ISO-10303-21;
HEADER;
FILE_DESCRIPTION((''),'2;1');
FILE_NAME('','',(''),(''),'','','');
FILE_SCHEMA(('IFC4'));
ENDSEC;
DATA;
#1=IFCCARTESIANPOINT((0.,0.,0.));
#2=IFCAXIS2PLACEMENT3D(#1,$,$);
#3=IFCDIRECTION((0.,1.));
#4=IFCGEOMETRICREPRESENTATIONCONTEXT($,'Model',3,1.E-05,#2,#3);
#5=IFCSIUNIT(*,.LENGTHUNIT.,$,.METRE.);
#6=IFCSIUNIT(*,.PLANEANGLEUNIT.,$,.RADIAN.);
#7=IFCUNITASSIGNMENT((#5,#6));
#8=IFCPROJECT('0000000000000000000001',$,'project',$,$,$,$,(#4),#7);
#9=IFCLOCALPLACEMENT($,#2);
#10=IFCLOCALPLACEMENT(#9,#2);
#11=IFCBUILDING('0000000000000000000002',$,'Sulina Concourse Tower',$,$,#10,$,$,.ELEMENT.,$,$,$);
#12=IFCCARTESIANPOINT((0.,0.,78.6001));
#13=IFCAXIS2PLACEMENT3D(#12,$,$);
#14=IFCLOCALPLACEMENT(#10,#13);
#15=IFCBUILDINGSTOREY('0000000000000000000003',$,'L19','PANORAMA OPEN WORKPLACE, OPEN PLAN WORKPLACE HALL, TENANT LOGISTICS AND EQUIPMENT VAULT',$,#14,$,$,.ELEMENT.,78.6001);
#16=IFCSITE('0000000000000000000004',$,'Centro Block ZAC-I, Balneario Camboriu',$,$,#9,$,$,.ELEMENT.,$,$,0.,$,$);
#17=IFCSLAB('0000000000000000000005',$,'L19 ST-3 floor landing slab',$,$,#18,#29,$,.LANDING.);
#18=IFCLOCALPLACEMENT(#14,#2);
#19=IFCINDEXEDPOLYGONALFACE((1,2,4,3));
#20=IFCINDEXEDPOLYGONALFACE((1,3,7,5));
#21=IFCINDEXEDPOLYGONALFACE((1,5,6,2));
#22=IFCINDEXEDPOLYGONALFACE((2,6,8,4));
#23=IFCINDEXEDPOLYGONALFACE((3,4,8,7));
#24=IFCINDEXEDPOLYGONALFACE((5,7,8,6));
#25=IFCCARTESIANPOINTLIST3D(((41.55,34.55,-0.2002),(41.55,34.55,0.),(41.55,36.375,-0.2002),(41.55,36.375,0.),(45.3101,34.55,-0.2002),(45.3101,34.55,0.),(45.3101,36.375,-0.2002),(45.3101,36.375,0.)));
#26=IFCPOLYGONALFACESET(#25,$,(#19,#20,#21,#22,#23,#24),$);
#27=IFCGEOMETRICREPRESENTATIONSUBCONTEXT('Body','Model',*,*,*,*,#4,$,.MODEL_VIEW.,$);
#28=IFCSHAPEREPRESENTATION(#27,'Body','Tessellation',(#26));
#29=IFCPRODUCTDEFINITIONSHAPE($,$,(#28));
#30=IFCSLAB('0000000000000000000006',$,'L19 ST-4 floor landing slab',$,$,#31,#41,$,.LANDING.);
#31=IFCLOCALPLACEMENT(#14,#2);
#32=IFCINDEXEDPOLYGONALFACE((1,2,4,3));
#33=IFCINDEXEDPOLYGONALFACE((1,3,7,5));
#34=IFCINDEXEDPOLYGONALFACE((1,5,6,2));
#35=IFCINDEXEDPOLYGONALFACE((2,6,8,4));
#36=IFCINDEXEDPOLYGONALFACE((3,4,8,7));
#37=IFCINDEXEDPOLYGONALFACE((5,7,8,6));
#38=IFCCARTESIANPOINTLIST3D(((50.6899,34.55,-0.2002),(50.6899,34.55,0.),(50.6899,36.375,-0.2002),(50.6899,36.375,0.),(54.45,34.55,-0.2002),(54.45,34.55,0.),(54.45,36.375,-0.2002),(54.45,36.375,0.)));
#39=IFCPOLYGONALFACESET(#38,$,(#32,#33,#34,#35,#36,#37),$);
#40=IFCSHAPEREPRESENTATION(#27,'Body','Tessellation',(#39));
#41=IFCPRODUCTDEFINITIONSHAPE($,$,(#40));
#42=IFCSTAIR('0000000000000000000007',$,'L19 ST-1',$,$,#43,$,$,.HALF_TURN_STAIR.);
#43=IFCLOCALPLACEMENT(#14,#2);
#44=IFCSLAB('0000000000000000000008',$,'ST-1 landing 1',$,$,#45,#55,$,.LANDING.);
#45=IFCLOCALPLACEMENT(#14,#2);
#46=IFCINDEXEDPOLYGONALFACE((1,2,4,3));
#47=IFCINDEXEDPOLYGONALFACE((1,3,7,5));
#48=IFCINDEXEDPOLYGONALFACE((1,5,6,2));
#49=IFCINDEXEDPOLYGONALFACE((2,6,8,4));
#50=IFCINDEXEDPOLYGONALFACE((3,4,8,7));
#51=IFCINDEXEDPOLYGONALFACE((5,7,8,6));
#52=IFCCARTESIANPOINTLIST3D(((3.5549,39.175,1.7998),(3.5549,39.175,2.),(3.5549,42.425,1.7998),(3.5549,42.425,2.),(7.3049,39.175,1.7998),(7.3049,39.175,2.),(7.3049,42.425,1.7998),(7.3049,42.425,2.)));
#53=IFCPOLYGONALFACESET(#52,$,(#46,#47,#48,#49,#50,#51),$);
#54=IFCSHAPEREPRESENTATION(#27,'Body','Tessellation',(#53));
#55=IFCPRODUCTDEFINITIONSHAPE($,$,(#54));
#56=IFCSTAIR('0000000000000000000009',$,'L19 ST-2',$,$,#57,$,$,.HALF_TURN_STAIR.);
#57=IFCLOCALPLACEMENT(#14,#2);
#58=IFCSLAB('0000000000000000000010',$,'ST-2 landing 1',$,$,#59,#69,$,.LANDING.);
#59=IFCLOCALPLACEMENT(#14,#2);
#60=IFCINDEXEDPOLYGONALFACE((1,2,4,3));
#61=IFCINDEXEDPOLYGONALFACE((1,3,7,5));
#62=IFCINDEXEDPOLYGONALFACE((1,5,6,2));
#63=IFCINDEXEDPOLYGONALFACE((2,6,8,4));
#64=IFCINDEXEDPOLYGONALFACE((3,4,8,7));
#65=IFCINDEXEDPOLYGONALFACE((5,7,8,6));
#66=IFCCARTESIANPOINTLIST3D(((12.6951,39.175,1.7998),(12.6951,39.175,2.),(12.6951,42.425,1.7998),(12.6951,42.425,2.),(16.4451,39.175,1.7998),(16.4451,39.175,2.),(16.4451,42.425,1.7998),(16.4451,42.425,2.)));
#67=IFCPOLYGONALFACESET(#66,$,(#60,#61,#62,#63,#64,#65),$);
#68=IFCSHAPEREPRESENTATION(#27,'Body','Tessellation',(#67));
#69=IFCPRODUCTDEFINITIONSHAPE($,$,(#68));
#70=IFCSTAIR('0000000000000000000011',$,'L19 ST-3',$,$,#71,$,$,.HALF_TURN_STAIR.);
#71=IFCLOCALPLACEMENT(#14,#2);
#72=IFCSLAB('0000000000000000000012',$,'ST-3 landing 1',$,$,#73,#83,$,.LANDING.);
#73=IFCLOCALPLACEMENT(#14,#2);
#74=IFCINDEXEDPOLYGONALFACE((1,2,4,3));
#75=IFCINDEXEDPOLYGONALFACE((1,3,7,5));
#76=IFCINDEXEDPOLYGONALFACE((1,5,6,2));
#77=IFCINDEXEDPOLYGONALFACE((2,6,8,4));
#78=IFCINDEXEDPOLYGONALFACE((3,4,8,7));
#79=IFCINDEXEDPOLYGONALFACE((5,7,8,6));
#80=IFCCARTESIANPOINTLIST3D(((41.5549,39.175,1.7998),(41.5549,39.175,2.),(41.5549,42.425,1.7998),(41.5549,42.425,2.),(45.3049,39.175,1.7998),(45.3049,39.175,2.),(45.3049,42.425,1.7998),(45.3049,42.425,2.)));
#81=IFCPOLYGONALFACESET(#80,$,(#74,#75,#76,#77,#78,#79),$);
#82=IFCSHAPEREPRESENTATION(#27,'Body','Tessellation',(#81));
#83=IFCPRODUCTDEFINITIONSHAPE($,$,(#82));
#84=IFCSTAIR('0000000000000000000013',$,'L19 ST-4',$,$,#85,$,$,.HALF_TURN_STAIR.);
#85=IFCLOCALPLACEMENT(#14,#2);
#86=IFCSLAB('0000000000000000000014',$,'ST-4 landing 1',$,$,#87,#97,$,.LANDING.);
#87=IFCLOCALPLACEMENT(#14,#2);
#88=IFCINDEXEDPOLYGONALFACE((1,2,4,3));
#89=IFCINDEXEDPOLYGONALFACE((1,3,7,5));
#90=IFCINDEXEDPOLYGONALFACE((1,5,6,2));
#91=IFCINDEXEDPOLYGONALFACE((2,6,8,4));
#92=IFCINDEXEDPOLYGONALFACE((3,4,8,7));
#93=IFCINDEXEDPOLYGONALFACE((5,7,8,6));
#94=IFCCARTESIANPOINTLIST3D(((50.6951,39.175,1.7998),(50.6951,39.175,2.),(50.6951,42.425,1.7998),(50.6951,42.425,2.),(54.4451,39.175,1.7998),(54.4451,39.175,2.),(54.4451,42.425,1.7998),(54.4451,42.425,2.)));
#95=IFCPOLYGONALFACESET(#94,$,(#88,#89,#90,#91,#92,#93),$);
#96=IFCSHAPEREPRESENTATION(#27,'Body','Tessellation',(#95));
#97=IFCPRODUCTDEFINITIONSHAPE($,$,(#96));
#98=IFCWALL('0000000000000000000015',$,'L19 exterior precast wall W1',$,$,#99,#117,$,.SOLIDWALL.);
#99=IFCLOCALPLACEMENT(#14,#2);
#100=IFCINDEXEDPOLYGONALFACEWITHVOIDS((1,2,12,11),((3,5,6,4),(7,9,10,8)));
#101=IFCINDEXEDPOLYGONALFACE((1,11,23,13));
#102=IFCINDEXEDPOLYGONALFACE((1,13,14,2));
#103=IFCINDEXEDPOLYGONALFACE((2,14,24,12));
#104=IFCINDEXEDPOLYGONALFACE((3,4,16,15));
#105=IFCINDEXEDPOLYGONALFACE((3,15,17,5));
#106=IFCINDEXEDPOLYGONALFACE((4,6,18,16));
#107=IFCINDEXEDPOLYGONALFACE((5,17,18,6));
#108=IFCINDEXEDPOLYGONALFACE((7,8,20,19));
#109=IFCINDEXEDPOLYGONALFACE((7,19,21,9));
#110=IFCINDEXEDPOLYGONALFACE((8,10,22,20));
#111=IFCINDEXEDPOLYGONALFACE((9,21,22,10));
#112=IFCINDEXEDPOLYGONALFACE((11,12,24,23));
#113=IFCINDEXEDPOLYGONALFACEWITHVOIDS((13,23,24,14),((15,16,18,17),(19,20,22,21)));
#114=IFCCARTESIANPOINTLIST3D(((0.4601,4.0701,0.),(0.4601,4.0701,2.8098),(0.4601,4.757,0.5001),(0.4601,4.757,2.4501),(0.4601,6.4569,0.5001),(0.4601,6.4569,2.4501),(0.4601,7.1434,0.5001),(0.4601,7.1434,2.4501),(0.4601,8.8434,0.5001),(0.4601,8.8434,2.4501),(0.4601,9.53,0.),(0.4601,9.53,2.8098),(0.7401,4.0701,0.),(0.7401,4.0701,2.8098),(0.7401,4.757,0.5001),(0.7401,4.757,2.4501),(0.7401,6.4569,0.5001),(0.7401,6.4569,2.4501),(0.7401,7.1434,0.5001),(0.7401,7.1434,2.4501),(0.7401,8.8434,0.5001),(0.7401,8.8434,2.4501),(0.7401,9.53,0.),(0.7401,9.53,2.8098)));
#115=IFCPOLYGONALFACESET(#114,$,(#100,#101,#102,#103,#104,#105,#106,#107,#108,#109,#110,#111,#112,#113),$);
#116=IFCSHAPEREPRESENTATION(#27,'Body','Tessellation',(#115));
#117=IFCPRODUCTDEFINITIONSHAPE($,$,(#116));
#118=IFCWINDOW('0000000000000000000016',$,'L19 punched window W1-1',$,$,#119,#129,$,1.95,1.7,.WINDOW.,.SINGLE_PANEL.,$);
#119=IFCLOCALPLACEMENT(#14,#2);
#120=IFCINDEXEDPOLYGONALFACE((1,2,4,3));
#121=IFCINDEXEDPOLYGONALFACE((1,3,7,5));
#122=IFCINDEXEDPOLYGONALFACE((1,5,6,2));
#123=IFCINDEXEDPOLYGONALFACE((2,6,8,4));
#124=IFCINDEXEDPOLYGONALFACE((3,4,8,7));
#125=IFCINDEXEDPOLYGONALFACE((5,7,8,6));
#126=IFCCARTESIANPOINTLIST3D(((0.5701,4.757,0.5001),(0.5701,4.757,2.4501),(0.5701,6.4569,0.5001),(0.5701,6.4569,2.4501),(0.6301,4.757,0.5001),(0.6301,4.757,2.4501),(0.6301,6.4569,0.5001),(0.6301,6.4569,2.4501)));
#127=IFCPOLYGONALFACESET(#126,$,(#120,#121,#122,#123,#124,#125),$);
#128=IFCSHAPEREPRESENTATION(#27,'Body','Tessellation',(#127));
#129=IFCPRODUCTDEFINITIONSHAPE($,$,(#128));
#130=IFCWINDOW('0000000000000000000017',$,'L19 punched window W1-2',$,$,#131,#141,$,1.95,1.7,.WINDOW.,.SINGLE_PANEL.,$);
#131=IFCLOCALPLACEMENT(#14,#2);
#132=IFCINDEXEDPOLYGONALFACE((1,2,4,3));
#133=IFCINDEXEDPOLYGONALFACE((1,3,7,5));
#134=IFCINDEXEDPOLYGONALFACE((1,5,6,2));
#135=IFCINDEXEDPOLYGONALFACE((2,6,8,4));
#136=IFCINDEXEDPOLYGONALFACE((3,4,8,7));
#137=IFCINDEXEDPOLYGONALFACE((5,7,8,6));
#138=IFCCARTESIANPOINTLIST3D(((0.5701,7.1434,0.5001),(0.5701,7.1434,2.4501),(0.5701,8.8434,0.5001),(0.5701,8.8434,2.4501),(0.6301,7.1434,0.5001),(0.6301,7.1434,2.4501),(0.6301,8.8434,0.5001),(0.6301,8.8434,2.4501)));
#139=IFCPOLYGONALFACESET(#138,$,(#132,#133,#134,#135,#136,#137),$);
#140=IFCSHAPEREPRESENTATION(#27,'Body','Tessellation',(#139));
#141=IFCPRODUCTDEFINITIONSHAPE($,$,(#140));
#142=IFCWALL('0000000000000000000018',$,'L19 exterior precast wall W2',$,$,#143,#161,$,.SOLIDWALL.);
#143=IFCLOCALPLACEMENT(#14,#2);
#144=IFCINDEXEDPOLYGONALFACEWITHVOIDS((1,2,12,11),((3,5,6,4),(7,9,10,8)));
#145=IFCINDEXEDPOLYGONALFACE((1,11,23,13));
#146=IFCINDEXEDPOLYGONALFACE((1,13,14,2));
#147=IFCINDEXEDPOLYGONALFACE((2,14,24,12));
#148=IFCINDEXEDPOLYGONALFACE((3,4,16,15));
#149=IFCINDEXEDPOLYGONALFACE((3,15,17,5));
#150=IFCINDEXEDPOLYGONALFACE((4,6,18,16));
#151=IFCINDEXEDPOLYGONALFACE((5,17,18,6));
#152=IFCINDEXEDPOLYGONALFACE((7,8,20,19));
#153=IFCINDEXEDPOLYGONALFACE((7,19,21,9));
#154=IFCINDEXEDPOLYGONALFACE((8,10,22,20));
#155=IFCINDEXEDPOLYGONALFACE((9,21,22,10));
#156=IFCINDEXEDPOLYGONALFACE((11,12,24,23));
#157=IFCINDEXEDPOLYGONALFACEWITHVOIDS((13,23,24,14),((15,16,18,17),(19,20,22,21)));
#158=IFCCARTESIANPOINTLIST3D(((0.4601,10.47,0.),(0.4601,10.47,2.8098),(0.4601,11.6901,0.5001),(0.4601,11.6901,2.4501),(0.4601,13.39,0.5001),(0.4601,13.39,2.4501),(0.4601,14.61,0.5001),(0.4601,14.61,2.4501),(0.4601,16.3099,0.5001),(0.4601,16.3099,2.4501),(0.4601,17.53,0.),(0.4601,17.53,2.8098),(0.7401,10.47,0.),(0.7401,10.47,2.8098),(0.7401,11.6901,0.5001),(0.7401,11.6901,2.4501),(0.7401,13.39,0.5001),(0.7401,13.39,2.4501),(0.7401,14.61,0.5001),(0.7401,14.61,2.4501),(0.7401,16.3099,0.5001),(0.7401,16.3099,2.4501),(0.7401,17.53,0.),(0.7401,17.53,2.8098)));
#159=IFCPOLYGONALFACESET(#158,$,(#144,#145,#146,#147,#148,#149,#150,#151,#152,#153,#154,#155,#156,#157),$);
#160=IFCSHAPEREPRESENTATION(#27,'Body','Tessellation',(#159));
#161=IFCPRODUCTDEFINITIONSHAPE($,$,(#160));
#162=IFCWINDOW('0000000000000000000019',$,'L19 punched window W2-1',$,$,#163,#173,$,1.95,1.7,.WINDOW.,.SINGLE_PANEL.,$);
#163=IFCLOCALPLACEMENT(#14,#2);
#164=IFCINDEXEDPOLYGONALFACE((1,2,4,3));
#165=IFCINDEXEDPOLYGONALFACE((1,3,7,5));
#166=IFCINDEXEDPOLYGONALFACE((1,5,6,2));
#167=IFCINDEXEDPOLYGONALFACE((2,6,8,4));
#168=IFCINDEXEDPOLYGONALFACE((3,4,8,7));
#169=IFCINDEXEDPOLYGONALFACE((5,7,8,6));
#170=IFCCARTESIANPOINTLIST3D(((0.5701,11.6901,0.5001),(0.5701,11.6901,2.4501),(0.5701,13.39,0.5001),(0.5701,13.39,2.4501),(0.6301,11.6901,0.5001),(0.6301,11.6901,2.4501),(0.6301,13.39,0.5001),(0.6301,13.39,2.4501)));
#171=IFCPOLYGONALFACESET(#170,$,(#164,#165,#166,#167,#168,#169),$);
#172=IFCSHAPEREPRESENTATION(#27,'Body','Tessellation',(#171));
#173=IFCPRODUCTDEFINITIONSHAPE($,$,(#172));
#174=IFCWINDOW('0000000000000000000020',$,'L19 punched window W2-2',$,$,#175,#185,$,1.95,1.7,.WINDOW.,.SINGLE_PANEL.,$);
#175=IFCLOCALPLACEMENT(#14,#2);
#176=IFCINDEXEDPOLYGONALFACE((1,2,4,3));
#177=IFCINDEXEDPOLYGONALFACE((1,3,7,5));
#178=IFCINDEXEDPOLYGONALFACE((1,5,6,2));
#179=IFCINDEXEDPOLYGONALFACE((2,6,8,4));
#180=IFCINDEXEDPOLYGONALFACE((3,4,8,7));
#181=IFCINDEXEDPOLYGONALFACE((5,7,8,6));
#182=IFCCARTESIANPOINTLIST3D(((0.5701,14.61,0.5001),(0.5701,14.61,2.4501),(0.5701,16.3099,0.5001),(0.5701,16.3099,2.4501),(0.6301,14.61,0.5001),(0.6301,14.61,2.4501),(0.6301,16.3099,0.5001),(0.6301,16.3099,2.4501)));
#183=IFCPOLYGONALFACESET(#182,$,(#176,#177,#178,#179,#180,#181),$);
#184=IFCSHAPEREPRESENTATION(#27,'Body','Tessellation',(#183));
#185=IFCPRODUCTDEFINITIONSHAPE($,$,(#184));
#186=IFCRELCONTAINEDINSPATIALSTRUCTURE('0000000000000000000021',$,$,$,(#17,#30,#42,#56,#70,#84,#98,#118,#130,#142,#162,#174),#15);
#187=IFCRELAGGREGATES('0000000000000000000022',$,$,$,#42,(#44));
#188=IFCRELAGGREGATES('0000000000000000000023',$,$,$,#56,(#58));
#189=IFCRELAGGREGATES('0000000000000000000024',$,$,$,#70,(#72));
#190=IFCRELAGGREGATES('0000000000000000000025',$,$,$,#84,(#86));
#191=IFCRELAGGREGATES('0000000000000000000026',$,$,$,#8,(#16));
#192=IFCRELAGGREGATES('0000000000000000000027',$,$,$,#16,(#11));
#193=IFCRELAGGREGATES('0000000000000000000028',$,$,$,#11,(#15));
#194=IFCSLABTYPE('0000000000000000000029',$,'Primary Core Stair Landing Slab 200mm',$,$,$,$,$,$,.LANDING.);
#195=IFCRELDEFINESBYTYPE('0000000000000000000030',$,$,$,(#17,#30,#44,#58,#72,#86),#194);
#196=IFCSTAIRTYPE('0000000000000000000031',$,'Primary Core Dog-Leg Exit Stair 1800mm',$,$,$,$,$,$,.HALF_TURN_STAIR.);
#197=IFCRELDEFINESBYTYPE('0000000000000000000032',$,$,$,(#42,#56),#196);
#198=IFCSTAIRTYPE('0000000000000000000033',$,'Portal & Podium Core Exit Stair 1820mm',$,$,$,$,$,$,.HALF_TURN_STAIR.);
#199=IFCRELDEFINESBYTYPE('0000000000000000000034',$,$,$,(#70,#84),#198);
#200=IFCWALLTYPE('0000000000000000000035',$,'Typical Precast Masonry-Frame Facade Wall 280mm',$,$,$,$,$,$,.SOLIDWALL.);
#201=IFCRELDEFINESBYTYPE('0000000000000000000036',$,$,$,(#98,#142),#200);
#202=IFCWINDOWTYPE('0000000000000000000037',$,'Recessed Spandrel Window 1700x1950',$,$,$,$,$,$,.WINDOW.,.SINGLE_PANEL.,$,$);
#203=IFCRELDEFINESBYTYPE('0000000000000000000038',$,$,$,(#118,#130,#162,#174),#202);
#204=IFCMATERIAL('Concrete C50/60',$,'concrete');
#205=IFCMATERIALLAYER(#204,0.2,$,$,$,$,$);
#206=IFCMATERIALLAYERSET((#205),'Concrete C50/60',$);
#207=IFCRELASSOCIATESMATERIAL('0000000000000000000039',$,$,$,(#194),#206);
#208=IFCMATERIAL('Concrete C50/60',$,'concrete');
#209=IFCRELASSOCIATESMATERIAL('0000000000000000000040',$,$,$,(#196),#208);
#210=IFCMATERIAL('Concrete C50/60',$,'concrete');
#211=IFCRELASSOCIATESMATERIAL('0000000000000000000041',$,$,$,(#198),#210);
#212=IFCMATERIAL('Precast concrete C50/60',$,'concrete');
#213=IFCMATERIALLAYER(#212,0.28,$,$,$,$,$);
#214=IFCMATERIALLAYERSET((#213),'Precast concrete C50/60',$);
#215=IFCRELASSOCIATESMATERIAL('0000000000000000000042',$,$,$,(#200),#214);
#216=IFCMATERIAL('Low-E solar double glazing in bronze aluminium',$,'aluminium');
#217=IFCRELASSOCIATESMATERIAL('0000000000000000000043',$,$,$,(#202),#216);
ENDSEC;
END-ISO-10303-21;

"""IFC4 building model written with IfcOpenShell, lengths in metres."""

from ifc_helpers import new_model, si_unit, direction, frame, frame_2d, origin, place, context, subcontext, project, spatial, polyline, rectangle, outline, extrude, material, layer, layer_set, type_object, element, fill, aggregate, save


model = new_model("IFC4")

# Units and contexts
model_context = context("Model", 3, precision=1e-05, world=origin(), true_north=direction((0.0, 1.0)))
body_context = subcontext(model_context, "Body", "Model", "MODEL_VIEW")
ifc_project = project(units=[si_unit("LENGTHUNIT", "METRE"), si_unit("PLANEANGLEUNIT", "RADIAN")], contexts=[model_context])

# Site, building, storey
site_placement = place(None, origin())
site = spatial("IfcSite", under=ifc_project, at=site_placement, Name="Centro Block ZAC-I, Balneario Camboriu", CompositionType="ELEMENT", RefElevation=0.0)
building_placement = place(site_placement, origin())
building = spatial("IfcBuilding", under=site, at=building_placement, Name="Sulina Concourse Tower", CompositionType="ELEMENT")
storey_placement = place(building_placement, frame((0.0, 0.0, 78.6001)))
storey = spatial("IfcBuildingStorey", under=building, at=storey_placement, Name="L19", Description="PANORAMA OPEN WORKPLACE, OPEN PLAN WORKPLACE HALL, TENANT LOGISTICS AND EQUIPMENT VAULT", CompositionType="ELEMENT", Elevation=78.6001)

# Slabs
ifc_material_1 = material(Name="Concrete C50/60", Category="concrete")
ifc_layer_1 = layer(ifc_material_1, 0.2)
ifc_layer_set_1 = layer_set([ifc_layer_1], Name="Concrete C50/60")
slab_type_1 = type_object("IfcSlabType", Name="Primary Core Stair Landing Slab 200mm", PredefinedType="LANDING", material=ifc_layer_set_1)
slab_1_placement = place(storey_placement, frame((0.0, 0.0, -0.2002)))
element("IfcSlab", 1, at=slab_1_placement, inside=storey, type_object=slab_type_1, Name="L19 ST-3 floor landing slab", PredefinedType="LANDING", context=body_context, shape_type="SweptSolid", body=[
    extrude(outline(polyline([(45.3101, 34.55), (45.3101, 36.375), (41.55, 36.375), (41.55, 34.55), (45.3101, 34.55)])), origin(), (0.0, 0.0, 1.0), 0.2002),
])
slab_2_placement = place(storey_placement, frame((0.0, 0.0, -0.2002)))
element("IfcSlab", 2, at=slab_2_placement, inside=storey, type_object=slab_type_1, Name="L19 ST-4 floor landing slab", PredefinedType="LANDING", context=body_context, shape_type="SweptSolid", body=[
    extrude(outline(polyline([(54.45, 34.55), (54.45, 36.375), (50.6899, 36.375), (50.6899, 34.55), (54.45, 34.55)])), origin(), (0.0, 0.0, 1.0), 0.2002),
])

# Stairs, slabs
ifc_material_2 = material(Name="Concrete C50/60", Category="concrete")
stair_type_1 = type_object("IfcStairType", Name="Primary Core Dog-Leg Exit Stair 1800mm", PredefinedType="HALF_TURN_STAIR", material=ifc_material_2)
stair_1_placement = place(storey_placement, origin())
stair_1 = element("IfcStair", 3, at=stair_1_placement, inside=storey, type_object=stair_type_1, Name="L19 ST-1", PredefinedType="HALF_TURN_STAIR")
slab_3_placement = place(storey_placement, frame((0.0, 0.0, 1.7998)))
slab_3 = element("IfcSlab", 4, at=slab_3_placement, type_object=slab_type_1, Name="ST-1 landing 1", PredefinedType="LANDING", context=body_context, shape_type="SweptSolid", body=[
    extrude(outline(polyline([(7.3049, 39.175), (7.3049, 42.425), (3.5549, 42.425), (3.5549, 39.175), (7.3049, 39.175)])), origin(), (0.0, 0.0, 1.0), 0.2002),
])
aggregate(stair_1, [slab_3])
stair_2_placement = place(storey_placement, origin())
stair_2 = element("IfcStair", 5, at=stair_2_placement, inside=storey, type_object=stair_type_1, Name="L19 ST-2", PredefinedType="HALF_TURN_STAIR")
slab_4_placement = place(storey_placement, frame((0.0, 0.0, 1.7998)))
slab_4 = element("IfcSlab", 6, at=slab_4_placement, type_object=slab_type_1, Name="ST-2 landing 1", PredefinedType="LANDING", context=body_context, shape_type="SweptSolid", body=[
    extrude(outline(polyline([(16.4451, 39.175), (16.4451, 42.425), (12.6951, 42.425), (12.6951, 39.175), (16.4451, 39.175)])), origin(), (0.0, 0.0, 1.0), 0.2002),
])
aggregate(stair_2, [slab_4])
ifc_material_3 = material(Name="Concrete C50/60", Category="concrete")
stair_type_2 = type_object("IfcStairType", Name="Portal & Podium Core Exit Stair 1820mm", PredefinedType="HALF_TURN_STAIR", material=ifc_material_3)
stair_3_placement = place(storey_placement, origin())
stair_3 = element("IfcStair", 7, at=stair_3_placement, inside=storey, type_object=stair_type_2, Name="L19 ST-3", PredefinedType="HALF_TURN_STAIR")
slab_5_placement = place(storey_placement, frame((0.0, 0.0, 1.7998)))
slab_5 = element("IfcSlab", 8, at=slab_5_placement, type_object=slab_type_1, Name="ST-3 landing 1", PredefinedType="LANDING", context=body_context, shape_type="SweptSolid", body=[
    extrude(outline(polyline([(45.3049, 39.175), (45.3049, 42.425), (41.5549, 42.425), (41.5549, 39.175), (45.3049, 39.175)])), origin(), (0.0, 0.0, 1.0), 0.2002),
])
aggregate(stair_3, [slab_5])
stair_4_placement = place(storey_placement, origin())
stair_4 = element("IfcStair", 9, at=stair_4_placement, inside=storey, type_object=stair_type_2, Name="L19 ST-4", PredefinedType="HALF_TURN_STAIR")
slab_6_placement = place(storey_placement, frame((0.0, 0.0, 1.7998)))
slab_6 = element("IfcSlab", 10, at=slab_6_placement, type_object=slab_type_1, Name="ST-4 landing 1", PredefinedType="LANDING", context=body_context, shape_type="SweptSolid", body=[
    extrude(outline(polyline([(54.4451, 39.175), (54.4451, 42.425), (50.6951, 42.425), (50.6951, 39.175), (54.4451, 39.175)])), origin(), (0.0, 0.0, 1.0), 0.2002),
])
aggregate(stair_4, [slab_6])

# Walls, openings, windows
ifc_material_4 = material(Name="Precast concrete C50/60", Category="concrete")
ifc_layer_2 = layer(ifc_material_4, 0.28)
ifc_layer_set_2 = layer_set([ifc_layer_2], Name="Precast concrete C50/60")
wall_type = type_object("IfcWallType", Name="Typical Precast Masonry-Frame Facade Wall 280mm", PredefinedType="SOLIDWALL", material=ifc_layer_set_2)
wall_1_placement = place(storey_placement, frame((0.6001, 4.0701, 0.0), z_axis=(0.0, 0.0, 1.0), x_axis=(0.0, 1.0, 0.0)))
wall_1 = element("IfcWall", 11, at=wall_1_placement, inside=storey, type_object=wall_type, Name="L19 exterior precast wall W1", PredefinedType="SOLIDWALL", context=body_context, shape_type="SweptSolid", body=[
    extrude(rectangle(XDim=5.46, YDim=0.28, at=frame_2d((2.73, 0.0))), origin(), (0.0, 0.0, 1.0), 2.8098),
])
opening_1_placement = place(wall_1_placement, frame((0.6868, 0.0, 0.5)))
opening_1 = element("IfcOpeningElement", 12, at=opening_1_placement, cuts=wall_1, PredefinedType="OPENING", context=body_context, shape_type="SweptSolid", body=[
    extrude(rectangle(XDim=1.7, YDim=1.95, at=frame_2d((0.8501, 0.9751))), frame((0.0, 0.1499, 0.0), z_axis=(0.0, -1.0, 0.0), x_axis=(1.0, 0.0, 0.0)), (0.0, 0.0, 1.0), 0.3),
])
opening_2_placement = place(wall_1_placement, frame((3.0732, 0.0, 0.5)))
opening_2 = element("IfcOpeningElement", 13, at=opening_2_placement, cuts=wall_1, PredefinedType="OPENING", context=body_context, shape_type="SweptSolid", body=[
    extrude(rectangle(XDim=1.7, YDim=1.95, at=frame_2d((0.8501, 0.9751))), frame((0.0, 0.1499, 0.0), z_axis=(0.0, -1.0, 0.0), x_axis=(1.0, 0.0, 0.0)), (0.0, 0.0, 1.0), 0.3),
])
ifc_material_5 = material(Name="Low-E solar double glazing in bronze aluminium", Category="aluminium")
window_type = type_object("IfcWindowType", Name="Recessed Spandrel Window 1700x1950", PartitioningType="SINGLE_PANEL", PredefinedType="WINDOW", material=ifc_material_5)
window_1_placement = place(opening_1_placement, origin())
window_1 = element("IfcWindow", 14, at=window_1_placement, inside=storey, type_object=window_type, Name="L19 punched window W1-1", OverallHeight=1.95, OverallWidth=1.7, PartitioningType="SINGLE_PANEL", PredefinedType="WINDOW", context=body_context, shape_type="SweptSolid", body=[
    extrude(rectangle(XDim=1.7, YDim=1.95, at=frame_2d((0.8501, 0.9751))), frame((0.0, 0.03, 0.0), z_axis=(0.0, -1.0, 0.0), x_axis=(1.0, 0.0, 0.0)), (0.0, 0.0, 1.0), 0.0601),
])
fill(opening_1, window_1)
window_2_placement = place(opening_2_placement, origin())
window_2 = element("IfcWindow", 15, at=window_2_placement, inside=storey, type_object=window_type, Name="L19 punched window W1-2", OverallHeight=1.95, OverallWidth=1.7, PartitioningType="SINGLE_PANEL", PredefinedType="WINDOW", context=body_context, shape_type="SweptSolid", body=[
    extrude(rectangle(XDim=1.7, YDim=1.95, at=frame_2d((0.8501, 0.9751))), frame((0.0, 0.03, 0.0), z_axis=(0.0, -1.0, 0.0), x_axis=(1.0, 0.0, 0.0)), (0.0, 0.0, 1.0), 0.0601),
])
fill(opening_2, window_2)
wall_2_placement = place(storey_placement, frame((0.6001, 10.47, 0.0), z_axis=(0.0, 0.0, 1.0), x_axis=(0.0, 1.0, 0.0)))
wall_2 = element("IfcWall", 16, at=wall_2_placement, inside=storey, type_object=wall_type, Name="L19 exterior precast wall W2", PredefinedType="SOLIDWALL", context=body_context, shape_type="SweptSolid", body=[
    extrude(rectangle(XDim=7.0601, YDim=0.28, at=frame_2d((3.53, 0.0))), origin(), (0.0, 0.0, 1.0), 2.8098),
])
opening_3_placement = place(wall_2_placement, frame((1.22, 0.0, 0.5)))
opening_3 = element("IfcOpeningElement", 17, at=opening_3_placement, cuts=wall_2, PredefinedType="OPENING", context=body_context, shape_type="SweptSolid", body=[
    extrude(rectangle(XDim=1.7, YDim=1.95, at=frame_2d((0.8501, 0.9751))), frame((0.0, 0.1499, 0.0), z_axis=(0.0, -1.0, 0.0), x_axis=(1.0, 0.0, 0.0)), (0.0, 0.0, 1.0), 0.3),
])
opening_4_placement = place(wall_2_placement, frame((4.1399, 0.0, 0.5)))
opening_4 = element("IfcOpeningElement", 18, at=opening_4_placement, cuts=wall_2, PredefinedType="OPENING", context=body_context, shape_type="SweptSolid", body=[
    extrude(rectangle(XDim=1.7, YDim=1.95, at=frame_2d((0.8501, 0.9751))), frame((0.0, 0.1499, 0.0), z_axis=(0.0, -1.0, 0.0), x_axis=(1.0, 0.0, 0.0)), (0.0, 0.0, 1.0), 0.3),
])
window_3_placement = place(opening_3_placement, origin())
window_3 = element("IfcWindow", 19, at=window_3_placement, inside=storey, type_object=window_type, Name="L19 punched window W2-1", OverallHeight=1.95, OverallWidth=1.7, PartitioningType="SINGLE_PANEL", PredefinedType="WINDOW", context=body_context, shape_type="SweptSolid", body=[
    extrude(rectangle(XDim=1.7, YDim=1.95, at=frame_2d((0.8501, 0.9751))), frame((0.0, 0.03, 0.0), z_axis=(0.0, -1.0, 0.0), x_axis=(1.0, 0.0, 0.0)), (0.0, 0.0, 1.0), 0.0601),
])
fill(opening_3, window_3)
window_4_placement = place(opening_4_placement, origin())
window_4 = element("IfcWindow", 20, at=window_4_placement, inside=storey, type_object=window_type, Name="L19 punched window W2-2", OverallHeight=1.95, OverallWidth=1.7, PartitioningType="SINGLE_PANEL", PredefinedType="WINDOW", context=body_context, shape_type="SweptSolid", body=[
    extrude(rectangle(XDim=1.7, YDim=1.95, at=frame_2d((0.8501, 0.9751))), frame((0.0, 0.03, 0.0), z_axis=(0.0, -1.0, 0.0), x_axis=(1.0, 0.0, 0.0)), (0.0, 0.0, 1.0), 0.0601),
])
fill(opening_4, window_4)

save(model, "model.ifc")
